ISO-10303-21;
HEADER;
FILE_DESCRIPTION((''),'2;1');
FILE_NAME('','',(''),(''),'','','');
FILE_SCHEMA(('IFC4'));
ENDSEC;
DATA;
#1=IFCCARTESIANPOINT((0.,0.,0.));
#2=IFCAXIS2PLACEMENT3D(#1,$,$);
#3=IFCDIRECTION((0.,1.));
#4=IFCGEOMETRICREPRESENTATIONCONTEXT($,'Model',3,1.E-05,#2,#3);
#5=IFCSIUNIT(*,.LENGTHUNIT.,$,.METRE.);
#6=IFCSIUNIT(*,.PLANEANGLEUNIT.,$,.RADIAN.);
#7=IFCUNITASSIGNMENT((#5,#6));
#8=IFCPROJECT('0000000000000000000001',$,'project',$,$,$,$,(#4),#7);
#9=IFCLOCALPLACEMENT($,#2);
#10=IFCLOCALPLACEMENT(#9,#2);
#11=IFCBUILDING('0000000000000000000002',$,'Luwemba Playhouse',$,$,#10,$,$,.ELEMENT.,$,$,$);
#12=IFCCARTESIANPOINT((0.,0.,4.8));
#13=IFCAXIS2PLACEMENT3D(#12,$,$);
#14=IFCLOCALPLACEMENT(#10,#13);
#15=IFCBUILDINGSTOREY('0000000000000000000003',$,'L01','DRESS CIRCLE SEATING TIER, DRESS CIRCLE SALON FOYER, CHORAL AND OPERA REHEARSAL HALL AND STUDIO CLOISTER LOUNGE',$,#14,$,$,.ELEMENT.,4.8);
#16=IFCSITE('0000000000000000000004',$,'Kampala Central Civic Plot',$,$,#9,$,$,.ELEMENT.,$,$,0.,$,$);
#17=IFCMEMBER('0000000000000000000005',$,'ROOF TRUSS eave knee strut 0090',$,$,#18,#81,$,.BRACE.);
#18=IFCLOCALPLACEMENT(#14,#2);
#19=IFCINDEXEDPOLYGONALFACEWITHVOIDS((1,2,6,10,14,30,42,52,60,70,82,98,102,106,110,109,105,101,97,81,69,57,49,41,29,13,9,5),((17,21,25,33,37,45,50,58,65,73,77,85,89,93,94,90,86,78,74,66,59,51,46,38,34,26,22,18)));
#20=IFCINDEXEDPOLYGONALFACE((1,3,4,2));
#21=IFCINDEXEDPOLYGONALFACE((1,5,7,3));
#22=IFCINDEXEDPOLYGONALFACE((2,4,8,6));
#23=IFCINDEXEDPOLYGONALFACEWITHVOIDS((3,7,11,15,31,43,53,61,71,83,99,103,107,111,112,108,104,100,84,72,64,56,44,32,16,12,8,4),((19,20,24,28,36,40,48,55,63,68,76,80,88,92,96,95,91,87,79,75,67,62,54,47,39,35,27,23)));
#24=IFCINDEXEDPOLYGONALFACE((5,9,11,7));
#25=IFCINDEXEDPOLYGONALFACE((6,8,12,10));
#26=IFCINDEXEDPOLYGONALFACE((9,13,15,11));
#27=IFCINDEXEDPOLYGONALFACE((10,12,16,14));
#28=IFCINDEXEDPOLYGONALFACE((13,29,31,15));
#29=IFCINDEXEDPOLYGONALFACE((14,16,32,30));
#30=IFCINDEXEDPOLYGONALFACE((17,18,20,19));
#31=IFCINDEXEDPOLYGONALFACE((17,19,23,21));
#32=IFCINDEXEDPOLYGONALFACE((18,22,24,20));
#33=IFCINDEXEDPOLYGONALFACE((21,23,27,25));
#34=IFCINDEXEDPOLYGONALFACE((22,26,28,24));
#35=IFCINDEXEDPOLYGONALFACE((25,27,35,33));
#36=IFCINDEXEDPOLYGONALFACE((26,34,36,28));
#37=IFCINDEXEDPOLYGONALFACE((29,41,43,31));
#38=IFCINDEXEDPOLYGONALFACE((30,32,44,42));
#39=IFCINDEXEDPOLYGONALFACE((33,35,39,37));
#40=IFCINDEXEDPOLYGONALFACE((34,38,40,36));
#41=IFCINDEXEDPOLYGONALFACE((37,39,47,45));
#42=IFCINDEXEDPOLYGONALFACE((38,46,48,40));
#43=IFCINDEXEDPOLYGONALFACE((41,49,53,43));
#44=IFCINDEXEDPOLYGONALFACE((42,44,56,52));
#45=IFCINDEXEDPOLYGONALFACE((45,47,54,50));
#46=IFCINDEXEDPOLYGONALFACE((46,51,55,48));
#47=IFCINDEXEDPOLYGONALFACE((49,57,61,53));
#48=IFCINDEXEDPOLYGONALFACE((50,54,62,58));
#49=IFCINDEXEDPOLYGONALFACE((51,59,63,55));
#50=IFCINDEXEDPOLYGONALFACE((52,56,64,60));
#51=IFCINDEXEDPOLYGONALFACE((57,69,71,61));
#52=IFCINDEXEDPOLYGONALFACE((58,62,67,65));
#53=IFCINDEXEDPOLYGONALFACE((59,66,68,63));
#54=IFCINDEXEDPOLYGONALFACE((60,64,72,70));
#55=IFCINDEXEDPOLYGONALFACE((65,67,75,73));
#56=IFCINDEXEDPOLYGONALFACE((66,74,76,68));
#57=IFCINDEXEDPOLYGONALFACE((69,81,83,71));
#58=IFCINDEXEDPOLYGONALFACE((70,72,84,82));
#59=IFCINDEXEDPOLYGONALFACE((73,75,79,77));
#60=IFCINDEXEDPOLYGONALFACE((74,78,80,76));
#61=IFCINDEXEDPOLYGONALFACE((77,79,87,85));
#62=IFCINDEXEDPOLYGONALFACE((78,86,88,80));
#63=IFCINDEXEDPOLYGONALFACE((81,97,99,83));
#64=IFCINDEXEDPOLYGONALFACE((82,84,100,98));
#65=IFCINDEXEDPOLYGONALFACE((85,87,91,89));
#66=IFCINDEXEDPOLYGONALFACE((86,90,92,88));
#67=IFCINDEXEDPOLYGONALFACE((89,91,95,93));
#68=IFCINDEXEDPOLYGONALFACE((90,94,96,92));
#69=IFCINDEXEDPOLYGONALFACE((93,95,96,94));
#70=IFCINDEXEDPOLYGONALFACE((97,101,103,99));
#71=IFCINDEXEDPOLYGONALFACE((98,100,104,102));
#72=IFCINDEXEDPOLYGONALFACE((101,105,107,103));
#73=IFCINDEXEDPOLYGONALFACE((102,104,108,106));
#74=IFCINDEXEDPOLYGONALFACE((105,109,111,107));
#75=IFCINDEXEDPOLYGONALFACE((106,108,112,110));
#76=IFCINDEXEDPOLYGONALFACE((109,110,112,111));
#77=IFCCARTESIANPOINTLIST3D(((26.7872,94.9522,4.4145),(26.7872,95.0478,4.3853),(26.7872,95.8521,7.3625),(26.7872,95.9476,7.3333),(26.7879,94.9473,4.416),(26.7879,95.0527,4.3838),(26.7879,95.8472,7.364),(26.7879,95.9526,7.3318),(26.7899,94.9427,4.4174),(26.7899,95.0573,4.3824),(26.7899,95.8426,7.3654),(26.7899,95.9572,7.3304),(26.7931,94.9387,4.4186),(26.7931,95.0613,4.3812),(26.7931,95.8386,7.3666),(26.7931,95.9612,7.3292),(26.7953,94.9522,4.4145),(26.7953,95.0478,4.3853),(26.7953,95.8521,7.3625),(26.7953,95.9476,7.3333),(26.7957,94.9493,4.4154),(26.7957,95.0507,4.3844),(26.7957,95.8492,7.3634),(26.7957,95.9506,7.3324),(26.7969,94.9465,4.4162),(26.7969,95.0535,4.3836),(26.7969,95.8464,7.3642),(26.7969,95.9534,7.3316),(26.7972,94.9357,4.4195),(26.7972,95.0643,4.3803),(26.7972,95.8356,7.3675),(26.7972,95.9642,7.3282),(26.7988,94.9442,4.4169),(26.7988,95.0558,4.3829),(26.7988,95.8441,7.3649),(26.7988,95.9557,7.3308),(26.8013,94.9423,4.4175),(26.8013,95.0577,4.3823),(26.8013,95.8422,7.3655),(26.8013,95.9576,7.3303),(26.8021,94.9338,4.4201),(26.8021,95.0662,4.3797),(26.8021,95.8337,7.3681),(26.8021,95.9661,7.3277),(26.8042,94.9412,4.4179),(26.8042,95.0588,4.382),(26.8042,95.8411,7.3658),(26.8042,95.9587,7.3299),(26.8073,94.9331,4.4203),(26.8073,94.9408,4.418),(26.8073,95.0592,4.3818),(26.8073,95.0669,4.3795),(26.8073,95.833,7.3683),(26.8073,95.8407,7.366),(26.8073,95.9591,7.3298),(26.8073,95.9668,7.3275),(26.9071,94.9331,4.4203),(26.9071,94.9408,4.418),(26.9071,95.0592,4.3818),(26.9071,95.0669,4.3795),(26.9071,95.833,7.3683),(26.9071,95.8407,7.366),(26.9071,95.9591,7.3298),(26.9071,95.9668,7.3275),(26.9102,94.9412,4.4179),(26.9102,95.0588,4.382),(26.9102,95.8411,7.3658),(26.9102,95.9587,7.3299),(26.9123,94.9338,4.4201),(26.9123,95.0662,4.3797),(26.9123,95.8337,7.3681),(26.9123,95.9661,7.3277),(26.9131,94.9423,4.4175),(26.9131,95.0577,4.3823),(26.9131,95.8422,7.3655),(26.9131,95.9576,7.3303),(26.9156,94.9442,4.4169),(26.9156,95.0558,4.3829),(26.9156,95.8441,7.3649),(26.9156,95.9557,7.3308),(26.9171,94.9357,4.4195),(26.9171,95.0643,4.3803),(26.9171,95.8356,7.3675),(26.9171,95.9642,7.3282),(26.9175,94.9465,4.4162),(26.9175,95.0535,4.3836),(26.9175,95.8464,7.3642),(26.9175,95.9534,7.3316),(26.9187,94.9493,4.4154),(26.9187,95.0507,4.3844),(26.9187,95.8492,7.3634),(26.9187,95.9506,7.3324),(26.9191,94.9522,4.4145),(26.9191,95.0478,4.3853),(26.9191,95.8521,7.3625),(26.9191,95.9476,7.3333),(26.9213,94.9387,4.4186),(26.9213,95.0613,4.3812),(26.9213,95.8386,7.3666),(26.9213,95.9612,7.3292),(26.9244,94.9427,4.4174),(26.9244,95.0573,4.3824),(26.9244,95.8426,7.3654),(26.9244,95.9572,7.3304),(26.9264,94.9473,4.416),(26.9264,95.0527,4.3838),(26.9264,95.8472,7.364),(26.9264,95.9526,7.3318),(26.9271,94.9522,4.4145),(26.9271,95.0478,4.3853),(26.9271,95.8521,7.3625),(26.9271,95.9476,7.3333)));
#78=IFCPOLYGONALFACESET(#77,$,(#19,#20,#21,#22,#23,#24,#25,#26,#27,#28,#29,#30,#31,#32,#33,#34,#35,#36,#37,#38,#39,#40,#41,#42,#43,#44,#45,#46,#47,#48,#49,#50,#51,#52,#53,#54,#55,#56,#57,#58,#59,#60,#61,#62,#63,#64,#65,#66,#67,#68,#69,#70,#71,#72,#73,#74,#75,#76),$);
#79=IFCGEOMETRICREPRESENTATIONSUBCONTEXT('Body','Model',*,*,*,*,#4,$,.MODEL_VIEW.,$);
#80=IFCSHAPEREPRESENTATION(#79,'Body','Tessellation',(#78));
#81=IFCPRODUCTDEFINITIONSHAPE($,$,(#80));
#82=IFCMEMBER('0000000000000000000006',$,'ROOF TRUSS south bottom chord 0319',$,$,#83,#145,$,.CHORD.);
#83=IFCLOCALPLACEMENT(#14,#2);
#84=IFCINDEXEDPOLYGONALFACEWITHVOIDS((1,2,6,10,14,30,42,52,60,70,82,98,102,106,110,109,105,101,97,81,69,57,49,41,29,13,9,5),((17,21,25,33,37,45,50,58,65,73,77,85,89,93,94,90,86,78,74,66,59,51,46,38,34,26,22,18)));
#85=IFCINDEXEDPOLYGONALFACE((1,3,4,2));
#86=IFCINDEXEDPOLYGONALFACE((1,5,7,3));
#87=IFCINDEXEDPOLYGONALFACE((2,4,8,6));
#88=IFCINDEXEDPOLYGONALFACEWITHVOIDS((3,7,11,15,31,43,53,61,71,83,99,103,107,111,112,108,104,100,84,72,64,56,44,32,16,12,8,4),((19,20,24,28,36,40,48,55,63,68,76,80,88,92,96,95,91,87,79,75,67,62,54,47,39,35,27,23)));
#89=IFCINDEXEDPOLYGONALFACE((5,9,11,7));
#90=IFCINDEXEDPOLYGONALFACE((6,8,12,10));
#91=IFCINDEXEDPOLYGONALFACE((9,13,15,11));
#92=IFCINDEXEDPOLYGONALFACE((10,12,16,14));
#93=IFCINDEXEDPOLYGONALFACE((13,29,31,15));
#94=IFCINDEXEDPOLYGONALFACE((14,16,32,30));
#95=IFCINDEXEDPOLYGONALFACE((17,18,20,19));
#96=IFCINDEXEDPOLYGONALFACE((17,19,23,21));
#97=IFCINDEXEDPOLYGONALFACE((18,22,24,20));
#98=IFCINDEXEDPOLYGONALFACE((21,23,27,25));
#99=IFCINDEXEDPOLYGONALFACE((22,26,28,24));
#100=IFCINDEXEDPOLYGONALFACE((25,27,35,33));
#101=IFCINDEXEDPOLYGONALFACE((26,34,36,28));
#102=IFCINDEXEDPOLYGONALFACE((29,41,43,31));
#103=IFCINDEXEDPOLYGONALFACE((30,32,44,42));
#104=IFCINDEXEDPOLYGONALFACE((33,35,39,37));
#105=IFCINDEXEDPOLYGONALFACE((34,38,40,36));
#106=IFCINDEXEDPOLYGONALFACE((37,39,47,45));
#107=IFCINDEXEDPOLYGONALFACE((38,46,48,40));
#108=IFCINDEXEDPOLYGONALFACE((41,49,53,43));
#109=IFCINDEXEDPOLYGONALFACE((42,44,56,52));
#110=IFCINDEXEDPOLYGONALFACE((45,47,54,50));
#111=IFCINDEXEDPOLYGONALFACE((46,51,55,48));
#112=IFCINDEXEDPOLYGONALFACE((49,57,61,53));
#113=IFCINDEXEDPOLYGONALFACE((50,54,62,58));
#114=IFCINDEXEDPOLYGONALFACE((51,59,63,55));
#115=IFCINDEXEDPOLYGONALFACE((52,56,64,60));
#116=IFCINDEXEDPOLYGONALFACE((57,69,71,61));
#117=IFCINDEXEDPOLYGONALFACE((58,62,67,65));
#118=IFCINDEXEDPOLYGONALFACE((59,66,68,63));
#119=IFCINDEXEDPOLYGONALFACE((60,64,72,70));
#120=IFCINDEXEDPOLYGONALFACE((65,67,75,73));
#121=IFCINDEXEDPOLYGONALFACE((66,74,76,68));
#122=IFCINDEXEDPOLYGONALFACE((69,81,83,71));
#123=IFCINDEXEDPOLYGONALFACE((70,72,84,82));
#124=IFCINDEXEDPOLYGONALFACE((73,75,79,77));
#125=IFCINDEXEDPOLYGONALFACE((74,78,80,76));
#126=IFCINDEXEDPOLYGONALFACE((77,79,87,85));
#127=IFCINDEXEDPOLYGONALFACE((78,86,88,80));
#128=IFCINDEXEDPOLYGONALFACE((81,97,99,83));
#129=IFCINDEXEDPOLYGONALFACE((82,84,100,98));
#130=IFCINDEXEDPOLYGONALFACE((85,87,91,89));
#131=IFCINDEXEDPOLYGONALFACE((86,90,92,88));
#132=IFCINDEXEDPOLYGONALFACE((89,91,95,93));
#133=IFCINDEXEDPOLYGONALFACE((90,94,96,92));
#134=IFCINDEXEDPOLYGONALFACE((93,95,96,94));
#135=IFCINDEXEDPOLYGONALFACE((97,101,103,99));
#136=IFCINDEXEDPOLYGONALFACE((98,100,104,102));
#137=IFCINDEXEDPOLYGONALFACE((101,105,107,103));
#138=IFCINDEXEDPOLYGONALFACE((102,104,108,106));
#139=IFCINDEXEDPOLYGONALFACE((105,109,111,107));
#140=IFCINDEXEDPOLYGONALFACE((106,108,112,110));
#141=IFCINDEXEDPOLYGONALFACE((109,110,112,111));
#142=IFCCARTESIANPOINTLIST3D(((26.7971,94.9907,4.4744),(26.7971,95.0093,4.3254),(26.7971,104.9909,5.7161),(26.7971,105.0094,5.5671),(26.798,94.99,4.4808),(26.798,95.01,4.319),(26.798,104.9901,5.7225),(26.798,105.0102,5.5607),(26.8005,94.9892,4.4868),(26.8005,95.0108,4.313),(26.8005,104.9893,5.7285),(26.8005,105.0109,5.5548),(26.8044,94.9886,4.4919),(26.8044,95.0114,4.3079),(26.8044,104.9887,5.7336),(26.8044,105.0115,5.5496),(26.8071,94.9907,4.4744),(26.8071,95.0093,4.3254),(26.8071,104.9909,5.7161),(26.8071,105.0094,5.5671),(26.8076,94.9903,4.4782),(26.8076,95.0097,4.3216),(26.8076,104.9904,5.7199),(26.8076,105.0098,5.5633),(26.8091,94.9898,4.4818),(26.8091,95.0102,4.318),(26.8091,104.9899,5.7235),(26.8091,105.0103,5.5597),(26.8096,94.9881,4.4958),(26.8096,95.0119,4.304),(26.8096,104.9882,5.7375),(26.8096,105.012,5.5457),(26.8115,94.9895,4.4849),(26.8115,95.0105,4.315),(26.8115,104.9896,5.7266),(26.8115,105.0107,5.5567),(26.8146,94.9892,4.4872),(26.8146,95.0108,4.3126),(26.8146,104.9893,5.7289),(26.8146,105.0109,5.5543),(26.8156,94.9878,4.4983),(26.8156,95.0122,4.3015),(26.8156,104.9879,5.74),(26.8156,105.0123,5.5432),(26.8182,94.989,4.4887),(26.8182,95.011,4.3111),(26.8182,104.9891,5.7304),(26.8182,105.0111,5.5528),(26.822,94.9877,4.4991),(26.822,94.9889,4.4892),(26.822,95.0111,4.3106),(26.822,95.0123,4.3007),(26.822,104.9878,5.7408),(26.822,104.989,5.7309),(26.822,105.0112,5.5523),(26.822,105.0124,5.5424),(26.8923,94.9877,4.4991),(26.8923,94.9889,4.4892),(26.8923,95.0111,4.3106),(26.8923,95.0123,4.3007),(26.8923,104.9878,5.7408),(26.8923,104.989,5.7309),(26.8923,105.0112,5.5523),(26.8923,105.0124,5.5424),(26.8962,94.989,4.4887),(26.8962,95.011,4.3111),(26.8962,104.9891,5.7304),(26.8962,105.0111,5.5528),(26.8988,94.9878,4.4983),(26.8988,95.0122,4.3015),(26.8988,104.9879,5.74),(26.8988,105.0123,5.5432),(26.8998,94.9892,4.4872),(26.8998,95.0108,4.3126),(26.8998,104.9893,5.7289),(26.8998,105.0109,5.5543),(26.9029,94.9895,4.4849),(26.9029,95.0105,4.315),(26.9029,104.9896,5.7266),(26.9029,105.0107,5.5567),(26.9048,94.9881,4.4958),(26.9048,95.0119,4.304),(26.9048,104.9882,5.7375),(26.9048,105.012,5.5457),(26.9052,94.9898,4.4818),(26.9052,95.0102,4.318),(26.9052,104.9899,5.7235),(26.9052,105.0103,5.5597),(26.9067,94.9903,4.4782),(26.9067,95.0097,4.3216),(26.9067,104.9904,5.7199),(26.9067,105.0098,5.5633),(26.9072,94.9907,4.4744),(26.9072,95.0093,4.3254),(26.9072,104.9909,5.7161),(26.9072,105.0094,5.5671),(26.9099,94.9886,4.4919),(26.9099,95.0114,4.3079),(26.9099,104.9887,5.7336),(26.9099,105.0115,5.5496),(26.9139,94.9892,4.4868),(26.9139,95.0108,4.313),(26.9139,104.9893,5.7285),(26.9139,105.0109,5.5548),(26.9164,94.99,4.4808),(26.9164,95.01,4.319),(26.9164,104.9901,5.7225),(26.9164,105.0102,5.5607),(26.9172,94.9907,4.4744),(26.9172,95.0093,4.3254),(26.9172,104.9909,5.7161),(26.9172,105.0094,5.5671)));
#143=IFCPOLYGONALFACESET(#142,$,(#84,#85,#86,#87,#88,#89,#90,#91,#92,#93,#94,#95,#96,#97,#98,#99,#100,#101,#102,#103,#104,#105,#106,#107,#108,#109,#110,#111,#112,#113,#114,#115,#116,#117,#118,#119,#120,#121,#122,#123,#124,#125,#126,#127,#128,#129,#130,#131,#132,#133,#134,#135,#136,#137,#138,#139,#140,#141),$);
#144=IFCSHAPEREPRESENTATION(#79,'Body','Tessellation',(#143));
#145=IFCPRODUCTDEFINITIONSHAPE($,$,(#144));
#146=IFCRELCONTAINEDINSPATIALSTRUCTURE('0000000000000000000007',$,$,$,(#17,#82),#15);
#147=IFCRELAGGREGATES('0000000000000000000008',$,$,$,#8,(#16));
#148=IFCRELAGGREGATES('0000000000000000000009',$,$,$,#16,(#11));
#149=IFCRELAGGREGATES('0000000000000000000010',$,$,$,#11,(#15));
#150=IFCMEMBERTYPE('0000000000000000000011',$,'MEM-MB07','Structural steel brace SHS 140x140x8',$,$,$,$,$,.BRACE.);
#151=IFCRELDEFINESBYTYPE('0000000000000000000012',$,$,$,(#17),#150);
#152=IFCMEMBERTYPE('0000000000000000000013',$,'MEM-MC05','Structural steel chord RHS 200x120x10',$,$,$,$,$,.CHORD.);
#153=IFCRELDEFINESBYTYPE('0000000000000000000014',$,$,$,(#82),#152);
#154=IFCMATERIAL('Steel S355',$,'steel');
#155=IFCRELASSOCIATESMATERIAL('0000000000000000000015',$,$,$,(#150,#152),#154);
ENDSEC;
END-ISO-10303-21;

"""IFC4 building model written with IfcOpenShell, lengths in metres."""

from ifc_helpers import new_model, si_unit, direction, frame, origin, origin_2d, place, context, subcontext, project, spatial, hollow_rectangle, extrude, material, material_profile, profile_set, type_object, element, save


model = new_model("IFC4")

# Units and contexts
model_context = context("Model", 3, precision=1e-05, world=origin(), true_north=direction((0.0, 1.0)))
body_context = subcontext(model_context, "Body", "Model", "MODEL_VIEW")
ifc_project = project(units=[si_unit("LENGTHUNIT", "METRE"), si_unit("PLANEANGLEUNIT", "RADIAN")], contexts=[model_context])

# Site, building, storey
site_placement = place(None, origin())
site = spatial("IfcSite", under=ifc_project, at=site_placement, Name="Kampala Central Civic Plot", CompositionType="ELEMENT", RefElevation=0.0)
building_placement = place(site_placement, origin())
building = spatial("IfcBuilding", under=site, at=building_placement, Name="Luwemba Playhouse", CompositionType="ELEMENT")
storey_placement = place(building_placement, frame((0.0, 0.0, 4.8)))
storey = spatial("IfcBuildingStorey", under=building, at=storey_placement, Name="L01", Description="DRESS CIRCLE SEATING TIER, DRESS CIRCLE SALON FOYER, CHORAL AND OPERA REHEARSAL HALL AND STUDIO CLOISTER LOUNGE", CompositionType="ELEMENT", Elevation=4.8)

# Shared definitions
ifc_material_1 = material(Name="Steel S355", Category="steel")

# Members
ifc_material_profile_1 = material_profile(ifc_material_1, hollow_rectangle(XDim=0.1399, YDim=0.1399, WallThickness=0.0081, InnerFilletRadius=0.012, OuterFilletRadius=0.02, at=origin_2d()))
ifc_profile_set_1 = profile_set([ifc_material_profile_1], Name="Steel S355")
member_type_1 = type_object("IfcMemberType", Name="MEM-MB07", Description="Structural steel brace SHS 140x140x8", PredefinedType="BRACE", material=ifc_profile_set_1)
member_1_placement = place(storey_placement, frame((26.8572, 95.0, 4.3999), z_axis=(0.0, 0.291959, 0.956431), x_axis=(-1.0, 0.0, 0.0)))
element("IfcMember", 1, at=member_1_placement, inside=storey, type_object=member_type_1, Name="ROOF TRUSS eave knee strut 0090", PredefinedType="BRACE", context=body_context, shape_type="SweptSolid", body=[
    extrude(hollow_rectangle(XDim=0.1399, YDim=0.1399, WallThickness=0.0081, InnerFilletRadius=0.012, OuterFilletRadius=0.02, at=origin_2d()), origin(), (0.0, 0.0, 1.0), 3.0823),
])
ifc_material_profile_2 = material_profile(ifc_material_1, hollow_rectangle(XDim=0.1201, YDim=0.2, WallThickness=0.01, InnerFilletRadius=0.0149, OuterFilletRadius=0.0249, at=origin_2d()))
ifc_profile_set_2 = profile_set([ifc_material_profile_2], Name="Steel S355")
member_type_2 = type_object("IfcMemberType", Name="MEM-MC05", Description="Structural steel chord RHS 200x120x10", PredefinedType="CHORD", material=ifc_profile_set_2)
member_2_placement = place(storey_placement, frame((26.8572, 95.0, 4.3999), z_axis=(0.0, 0.992379, 0.123224), x_axis=(-1.0, 0.0, 0.0)))
element("IfcMember", 2, at=member_2_placement, inside=storey, type_object=member_type_2, Name="ROOF TRUSS south bottom chord 0319", PredefinedType="CHORD", context=body_context, shape_type="SweptSolid", body=[
    extrude(hollow_rectangle(XDim=0.1201, YDim=0.2, WallThickness=0.01, InnerFilletRadius=0.0149, OuterFilletRadius=0.0249, at=origin_2d()), origin(), (0.0, 0.0, 1.0), 10.0769),
])

save(model, "model.ifc")
